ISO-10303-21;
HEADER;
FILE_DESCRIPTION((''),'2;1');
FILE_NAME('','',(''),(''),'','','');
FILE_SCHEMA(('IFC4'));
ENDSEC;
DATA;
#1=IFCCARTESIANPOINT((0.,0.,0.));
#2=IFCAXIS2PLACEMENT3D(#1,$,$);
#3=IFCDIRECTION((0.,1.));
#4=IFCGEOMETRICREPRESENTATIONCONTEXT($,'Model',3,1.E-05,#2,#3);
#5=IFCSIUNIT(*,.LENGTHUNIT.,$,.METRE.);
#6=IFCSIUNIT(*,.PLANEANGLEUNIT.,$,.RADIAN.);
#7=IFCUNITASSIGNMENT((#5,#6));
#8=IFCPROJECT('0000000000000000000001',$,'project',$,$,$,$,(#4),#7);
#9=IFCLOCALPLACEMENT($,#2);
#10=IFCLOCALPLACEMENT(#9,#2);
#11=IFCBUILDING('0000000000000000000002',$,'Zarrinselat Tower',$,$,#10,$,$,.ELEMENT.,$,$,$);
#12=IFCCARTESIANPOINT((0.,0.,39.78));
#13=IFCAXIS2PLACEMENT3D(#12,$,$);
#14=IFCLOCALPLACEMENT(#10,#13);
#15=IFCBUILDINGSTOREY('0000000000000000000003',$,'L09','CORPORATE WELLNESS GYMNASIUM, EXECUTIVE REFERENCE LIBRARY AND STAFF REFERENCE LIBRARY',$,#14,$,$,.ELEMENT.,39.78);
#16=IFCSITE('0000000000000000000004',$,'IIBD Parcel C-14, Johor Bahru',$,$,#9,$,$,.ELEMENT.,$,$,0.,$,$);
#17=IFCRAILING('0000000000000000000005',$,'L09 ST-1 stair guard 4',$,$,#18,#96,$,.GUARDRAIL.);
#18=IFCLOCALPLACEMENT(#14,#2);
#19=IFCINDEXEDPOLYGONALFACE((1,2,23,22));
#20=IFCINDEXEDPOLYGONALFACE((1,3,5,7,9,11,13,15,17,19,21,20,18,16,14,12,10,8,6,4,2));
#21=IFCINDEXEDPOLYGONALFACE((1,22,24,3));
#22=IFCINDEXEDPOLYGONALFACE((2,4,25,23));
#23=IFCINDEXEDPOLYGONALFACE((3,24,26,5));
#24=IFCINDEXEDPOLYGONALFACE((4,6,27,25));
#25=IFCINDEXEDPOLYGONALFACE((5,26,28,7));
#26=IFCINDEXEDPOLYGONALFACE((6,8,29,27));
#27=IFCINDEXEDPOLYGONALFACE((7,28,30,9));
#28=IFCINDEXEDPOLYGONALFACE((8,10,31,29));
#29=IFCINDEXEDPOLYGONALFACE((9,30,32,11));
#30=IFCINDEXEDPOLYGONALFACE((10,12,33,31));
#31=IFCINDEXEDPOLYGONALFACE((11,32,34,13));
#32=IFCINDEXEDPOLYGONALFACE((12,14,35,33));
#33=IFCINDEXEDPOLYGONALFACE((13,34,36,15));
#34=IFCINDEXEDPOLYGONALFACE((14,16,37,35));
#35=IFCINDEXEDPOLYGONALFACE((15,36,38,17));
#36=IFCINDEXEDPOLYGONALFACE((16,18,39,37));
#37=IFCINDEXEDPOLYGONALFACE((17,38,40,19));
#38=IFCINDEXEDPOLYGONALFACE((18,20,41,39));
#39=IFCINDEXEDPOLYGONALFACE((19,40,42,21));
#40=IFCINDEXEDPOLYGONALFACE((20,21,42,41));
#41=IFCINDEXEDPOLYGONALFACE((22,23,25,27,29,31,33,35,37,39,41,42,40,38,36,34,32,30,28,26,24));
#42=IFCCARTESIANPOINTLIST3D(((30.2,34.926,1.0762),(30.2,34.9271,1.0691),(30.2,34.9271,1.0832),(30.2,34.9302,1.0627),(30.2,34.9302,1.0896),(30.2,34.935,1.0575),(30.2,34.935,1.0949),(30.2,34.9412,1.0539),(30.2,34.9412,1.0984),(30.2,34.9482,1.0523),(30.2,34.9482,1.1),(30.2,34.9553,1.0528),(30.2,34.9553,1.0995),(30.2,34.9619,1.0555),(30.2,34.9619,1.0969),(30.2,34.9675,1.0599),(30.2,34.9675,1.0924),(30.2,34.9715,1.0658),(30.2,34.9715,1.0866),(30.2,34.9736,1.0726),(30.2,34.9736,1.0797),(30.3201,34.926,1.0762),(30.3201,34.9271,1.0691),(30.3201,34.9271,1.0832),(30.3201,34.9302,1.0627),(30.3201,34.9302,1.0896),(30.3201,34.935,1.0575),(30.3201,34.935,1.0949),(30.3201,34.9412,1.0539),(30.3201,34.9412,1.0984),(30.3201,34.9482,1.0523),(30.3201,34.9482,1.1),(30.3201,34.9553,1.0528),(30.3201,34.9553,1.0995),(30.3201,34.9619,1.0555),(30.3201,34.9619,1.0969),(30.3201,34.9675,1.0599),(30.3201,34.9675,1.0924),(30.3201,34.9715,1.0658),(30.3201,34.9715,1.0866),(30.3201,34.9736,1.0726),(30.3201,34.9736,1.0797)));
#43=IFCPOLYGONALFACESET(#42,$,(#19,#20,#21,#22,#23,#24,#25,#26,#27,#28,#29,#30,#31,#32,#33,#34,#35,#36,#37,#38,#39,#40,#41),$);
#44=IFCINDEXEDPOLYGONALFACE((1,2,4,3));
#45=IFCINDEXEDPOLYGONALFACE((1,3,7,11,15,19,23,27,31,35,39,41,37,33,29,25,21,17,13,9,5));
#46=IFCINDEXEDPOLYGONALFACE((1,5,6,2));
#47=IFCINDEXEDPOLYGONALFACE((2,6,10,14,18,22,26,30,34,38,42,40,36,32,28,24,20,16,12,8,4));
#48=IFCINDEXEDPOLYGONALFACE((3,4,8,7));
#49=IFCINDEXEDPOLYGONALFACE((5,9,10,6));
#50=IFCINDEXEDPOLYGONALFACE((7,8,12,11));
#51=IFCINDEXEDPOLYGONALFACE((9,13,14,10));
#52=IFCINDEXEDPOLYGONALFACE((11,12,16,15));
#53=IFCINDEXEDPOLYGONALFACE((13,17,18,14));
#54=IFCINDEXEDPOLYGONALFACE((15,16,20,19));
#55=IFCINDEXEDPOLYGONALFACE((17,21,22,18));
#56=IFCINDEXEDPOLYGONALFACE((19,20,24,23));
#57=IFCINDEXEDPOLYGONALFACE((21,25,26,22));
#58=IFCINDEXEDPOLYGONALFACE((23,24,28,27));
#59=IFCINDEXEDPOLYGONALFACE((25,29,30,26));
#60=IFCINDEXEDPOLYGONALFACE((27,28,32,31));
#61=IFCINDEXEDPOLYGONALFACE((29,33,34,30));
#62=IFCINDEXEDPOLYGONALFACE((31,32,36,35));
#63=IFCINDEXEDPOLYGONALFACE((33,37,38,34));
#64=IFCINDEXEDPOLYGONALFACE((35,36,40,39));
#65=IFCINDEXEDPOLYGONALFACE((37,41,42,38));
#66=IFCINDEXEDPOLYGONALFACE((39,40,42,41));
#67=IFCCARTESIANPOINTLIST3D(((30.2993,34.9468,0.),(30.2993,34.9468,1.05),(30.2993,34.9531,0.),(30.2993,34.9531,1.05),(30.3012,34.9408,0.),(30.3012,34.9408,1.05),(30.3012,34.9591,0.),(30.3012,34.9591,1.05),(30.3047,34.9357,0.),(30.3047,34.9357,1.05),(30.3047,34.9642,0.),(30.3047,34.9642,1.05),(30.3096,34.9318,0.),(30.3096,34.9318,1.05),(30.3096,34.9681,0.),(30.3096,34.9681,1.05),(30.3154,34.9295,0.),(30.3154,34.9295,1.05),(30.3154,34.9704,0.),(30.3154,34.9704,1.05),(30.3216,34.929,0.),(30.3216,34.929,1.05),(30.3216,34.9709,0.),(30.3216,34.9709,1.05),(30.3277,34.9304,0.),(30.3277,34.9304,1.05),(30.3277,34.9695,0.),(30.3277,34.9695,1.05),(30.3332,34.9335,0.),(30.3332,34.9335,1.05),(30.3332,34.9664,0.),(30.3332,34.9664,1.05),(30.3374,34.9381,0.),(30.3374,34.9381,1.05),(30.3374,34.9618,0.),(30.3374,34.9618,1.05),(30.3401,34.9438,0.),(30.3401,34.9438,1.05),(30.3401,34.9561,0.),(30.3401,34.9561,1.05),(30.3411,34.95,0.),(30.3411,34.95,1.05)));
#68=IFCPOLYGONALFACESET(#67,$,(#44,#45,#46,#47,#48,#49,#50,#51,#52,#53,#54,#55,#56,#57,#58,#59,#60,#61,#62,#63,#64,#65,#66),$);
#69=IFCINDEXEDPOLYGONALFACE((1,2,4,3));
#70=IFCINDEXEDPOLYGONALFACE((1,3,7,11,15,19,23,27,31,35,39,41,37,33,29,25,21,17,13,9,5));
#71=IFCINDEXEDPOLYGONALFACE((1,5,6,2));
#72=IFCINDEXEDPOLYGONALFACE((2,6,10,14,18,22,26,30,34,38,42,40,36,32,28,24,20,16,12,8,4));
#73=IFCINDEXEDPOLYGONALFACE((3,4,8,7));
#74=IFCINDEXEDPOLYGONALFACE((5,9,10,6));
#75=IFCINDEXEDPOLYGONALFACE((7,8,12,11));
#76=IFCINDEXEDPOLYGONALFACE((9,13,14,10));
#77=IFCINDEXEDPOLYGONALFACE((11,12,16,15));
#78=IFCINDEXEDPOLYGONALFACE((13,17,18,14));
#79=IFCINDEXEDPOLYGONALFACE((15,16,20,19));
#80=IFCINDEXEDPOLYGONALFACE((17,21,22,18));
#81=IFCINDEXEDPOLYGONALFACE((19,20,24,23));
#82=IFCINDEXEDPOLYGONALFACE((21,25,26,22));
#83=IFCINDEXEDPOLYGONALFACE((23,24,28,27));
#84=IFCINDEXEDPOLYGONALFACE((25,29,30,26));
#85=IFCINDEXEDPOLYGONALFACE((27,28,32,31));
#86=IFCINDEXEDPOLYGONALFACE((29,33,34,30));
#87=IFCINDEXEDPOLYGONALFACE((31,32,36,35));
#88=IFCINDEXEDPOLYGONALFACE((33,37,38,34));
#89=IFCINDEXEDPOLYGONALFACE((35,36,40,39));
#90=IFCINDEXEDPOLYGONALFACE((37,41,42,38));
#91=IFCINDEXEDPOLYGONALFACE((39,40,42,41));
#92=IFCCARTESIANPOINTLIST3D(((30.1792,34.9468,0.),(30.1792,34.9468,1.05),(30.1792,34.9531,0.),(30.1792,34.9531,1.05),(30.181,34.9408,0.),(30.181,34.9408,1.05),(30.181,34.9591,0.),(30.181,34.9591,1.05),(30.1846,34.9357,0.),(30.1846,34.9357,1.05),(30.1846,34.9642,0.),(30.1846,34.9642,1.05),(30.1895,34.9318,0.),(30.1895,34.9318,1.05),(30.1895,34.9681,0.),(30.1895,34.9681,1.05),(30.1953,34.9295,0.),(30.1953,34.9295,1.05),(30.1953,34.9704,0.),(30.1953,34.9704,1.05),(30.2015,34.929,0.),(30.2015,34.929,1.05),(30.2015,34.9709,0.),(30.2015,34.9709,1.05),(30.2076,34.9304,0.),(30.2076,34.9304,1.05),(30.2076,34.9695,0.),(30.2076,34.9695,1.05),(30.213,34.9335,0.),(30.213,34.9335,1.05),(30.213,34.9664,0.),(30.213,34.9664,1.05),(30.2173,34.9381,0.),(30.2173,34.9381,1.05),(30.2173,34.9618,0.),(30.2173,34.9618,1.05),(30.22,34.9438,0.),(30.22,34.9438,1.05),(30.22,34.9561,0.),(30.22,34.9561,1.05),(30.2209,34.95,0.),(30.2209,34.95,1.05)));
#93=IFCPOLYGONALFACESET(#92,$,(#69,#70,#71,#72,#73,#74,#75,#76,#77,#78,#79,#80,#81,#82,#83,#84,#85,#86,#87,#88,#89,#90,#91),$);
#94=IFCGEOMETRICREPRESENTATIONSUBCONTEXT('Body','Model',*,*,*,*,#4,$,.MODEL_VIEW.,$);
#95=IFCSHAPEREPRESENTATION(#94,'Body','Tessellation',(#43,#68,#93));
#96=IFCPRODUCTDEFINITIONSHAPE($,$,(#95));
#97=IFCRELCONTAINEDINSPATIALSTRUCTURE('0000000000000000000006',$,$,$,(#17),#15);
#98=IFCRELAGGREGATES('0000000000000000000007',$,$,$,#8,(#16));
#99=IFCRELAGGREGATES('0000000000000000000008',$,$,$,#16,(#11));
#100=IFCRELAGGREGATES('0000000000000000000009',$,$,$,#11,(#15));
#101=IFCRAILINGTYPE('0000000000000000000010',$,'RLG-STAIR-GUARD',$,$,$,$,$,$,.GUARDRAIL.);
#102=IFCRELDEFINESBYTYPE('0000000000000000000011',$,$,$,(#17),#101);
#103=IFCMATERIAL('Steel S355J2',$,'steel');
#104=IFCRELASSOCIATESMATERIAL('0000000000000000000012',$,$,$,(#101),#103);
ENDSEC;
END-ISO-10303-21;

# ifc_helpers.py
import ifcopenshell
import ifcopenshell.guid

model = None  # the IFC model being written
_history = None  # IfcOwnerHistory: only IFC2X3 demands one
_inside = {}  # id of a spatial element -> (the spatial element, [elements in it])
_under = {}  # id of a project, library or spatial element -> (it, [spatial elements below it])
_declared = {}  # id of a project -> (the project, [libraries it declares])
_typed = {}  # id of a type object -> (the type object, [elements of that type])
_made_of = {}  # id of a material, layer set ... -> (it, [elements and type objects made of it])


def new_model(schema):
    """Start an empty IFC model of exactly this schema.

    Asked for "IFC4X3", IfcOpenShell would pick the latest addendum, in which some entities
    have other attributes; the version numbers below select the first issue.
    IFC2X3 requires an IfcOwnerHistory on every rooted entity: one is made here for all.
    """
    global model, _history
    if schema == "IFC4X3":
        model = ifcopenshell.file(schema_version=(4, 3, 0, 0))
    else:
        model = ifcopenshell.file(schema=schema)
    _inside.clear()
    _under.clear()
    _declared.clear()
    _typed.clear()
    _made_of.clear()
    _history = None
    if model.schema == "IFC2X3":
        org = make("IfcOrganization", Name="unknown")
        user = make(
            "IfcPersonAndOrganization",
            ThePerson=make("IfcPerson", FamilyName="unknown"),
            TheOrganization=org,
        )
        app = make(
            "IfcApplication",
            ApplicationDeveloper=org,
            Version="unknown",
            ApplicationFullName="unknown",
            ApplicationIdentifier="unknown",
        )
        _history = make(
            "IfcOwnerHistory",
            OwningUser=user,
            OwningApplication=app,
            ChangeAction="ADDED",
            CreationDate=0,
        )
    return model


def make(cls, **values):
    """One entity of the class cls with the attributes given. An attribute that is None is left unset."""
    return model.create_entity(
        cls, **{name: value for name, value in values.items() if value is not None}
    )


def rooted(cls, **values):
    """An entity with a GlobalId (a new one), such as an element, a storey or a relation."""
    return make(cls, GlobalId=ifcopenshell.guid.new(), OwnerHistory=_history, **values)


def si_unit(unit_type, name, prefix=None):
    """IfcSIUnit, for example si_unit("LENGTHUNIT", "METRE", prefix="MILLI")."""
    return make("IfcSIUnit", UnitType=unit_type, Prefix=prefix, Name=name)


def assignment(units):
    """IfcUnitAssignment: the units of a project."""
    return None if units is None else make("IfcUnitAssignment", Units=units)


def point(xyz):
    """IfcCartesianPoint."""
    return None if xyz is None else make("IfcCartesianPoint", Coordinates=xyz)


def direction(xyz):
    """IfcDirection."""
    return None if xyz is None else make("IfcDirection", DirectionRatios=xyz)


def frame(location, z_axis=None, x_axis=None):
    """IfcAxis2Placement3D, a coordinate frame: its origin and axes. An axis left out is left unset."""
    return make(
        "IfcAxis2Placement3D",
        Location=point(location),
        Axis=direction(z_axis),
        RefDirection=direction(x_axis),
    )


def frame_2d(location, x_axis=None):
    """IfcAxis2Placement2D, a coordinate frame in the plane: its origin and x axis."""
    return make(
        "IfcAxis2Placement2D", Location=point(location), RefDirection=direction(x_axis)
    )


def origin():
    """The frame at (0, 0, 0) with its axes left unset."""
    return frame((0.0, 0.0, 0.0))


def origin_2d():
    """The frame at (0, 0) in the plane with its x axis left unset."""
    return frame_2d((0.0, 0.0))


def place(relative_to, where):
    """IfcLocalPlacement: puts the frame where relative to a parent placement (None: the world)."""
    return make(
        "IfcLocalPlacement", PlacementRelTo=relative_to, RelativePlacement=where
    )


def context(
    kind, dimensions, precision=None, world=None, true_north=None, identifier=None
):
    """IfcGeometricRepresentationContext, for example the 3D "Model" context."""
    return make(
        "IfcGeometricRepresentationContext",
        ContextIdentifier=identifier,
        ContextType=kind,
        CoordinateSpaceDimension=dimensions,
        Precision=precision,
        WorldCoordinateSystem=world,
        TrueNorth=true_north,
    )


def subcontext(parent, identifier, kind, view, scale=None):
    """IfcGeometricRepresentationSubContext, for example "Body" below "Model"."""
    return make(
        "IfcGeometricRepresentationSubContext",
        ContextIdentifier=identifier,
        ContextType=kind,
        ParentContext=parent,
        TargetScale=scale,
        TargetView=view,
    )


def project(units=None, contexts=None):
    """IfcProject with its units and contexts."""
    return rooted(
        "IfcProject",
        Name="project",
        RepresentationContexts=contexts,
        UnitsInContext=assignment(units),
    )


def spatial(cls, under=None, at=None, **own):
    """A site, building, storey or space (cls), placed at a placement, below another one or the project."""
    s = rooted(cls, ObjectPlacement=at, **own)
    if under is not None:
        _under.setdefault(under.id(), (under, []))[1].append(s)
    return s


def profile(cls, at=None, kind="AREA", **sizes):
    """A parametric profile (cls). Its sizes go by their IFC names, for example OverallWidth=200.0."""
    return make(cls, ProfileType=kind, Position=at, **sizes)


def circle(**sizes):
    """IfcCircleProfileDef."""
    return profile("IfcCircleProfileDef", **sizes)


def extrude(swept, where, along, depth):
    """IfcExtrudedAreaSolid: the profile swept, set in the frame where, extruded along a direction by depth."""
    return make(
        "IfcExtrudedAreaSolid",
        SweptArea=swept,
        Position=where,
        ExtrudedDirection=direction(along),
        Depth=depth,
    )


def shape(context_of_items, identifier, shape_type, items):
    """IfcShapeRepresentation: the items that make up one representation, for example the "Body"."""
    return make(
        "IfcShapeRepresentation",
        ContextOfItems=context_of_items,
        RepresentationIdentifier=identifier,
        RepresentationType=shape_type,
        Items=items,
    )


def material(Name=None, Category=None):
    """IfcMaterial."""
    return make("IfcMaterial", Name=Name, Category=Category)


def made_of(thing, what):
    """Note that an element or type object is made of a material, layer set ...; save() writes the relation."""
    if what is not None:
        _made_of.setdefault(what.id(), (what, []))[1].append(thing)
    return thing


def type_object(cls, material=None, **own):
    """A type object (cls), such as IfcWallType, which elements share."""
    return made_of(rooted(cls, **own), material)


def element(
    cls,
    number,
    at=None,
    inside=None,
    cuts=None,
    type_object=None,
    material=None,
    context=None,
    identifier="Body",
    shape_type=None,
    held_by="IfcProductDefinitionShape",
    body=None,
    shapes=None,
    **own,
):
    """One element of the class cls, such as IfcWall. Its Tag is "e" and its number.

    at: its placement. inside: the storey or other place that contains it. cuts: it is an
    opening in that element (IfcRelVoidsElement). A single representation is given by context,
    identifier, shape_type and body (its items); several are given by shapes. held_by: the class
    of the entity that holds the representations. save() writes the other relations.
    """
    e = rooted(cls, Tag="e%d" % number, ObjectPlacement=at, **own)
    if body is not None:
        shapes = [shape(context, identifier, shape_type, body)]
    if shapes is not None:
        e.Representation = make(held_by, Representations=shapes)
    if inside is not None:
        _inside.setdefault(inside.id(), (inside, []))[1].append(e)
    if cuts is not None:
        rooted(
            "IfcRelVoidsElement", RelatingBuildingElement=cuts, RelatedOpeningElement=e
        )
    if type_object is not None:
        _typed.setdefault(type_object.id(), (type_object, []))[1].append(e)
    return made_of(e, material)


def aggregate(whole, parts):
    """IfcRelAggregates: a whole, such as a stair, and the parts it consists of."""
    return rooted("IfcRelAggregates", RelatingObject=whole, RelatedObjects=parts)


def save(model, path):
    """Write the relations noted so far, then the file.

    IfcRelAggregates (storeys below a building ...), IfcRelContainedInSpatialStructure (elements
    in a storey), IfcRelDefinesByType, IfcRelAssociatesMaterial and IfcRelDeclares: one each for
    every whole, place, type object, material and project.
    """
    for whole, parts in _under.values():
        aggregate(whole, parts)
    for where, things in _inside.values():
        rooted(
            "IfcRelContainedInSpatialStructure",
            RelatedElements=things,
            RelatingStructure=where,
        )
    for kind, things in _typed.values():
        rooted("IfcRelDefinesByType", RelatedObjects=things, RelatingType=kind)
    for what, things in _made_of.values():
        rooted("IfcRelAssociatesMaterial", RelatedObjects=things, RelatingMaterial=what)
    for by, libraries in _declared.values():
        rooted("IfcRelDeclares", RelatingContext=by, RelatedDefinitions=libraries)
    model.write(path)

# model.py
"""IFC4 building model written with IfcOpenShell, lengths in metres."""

from ifc_helpers import new_model, si_unit, direction, frame, origin, origin_2d, place, context, subcontext, project, spatial, circle, extrude, material, type_object, element, save


model = new_model("IFC4")

# Units and contexts
model_context = context("Model", 3, precision=1e-05, world=origin(), true_north=direction((0.0, 1.0)))
body_context = subcontext(model_context, "Body", "Model", "MODEL_VIEW")
ifc_project = project(units=[si_unit("LENGTHUNIT", "METRE"), si_unit("PLANEANGLEUNIT", "RADIAN")], contexts=[model_context])

# Site, building, storey
site_placement = place(None, origin())
site = spatial("IfcSite", under=ifc_project, at=site_placement, Name="IIBD Parcel C-14, Johor Bahru", CompositionType="ELEMENT", RefElevation=0.0)
building_placement = place(site_placement, origin())
building = spatial("IfcBuilding", under=site, at=building_placement, Name="Zarrinselat Tower", CompositionType="ELEMENT")
storey_placement = place(building_placement, frame((0.0, 0.0, 39.78)))
storey = spatial("IfcBuildingStorey", under=building, at=storey_placement, Name="L09", Description="CORPORATE WELLNESS GYMNASIUM, EXECUTIVE REFERENCE LIBRARY AND STAFF REFERENCE LIBRARY", CompositionType="ELEMENT", Elevation=39.78)

# Railing
ifc_material_1 = material(Name="Steel S355J2", Category="steel")
railing_type_1 = type_object("IfcRailingType", Name="RLG-STAIR-GUARD", PredefinedType="GUARDRAIL", material=ifc_material_1)
railing_1_placement = place(storey_placement, frame((30.3201, 34.95, 0.0)))
element("IfcRailing", 1, at=railing_1_placement, inside=storey, type_object=railing_type_1, Name="L09 ST-1 stair guard 4", PredefinedType="GUARDRAIL", context=body_context, shape_type="SweptSolid", body=[
    extrude(circle(Radius=0.0239, at=origin_2d()), frame((0.0, 0.0, 1.0762), z_axis=(-1.0, 0.0, 0.0), x_axis=(0.0, -1.0, 0.0)), (0.0, 0.0, 1.0), 0.1201),
    extrude(circle(Radius=0.021, at=origin_2d()), origin(), (0.0, 0.0, 1.0), 1.05),
    extrude(circle(Radius=0.021, at=origin_2d()), frame((-0.1201, 0.0, 0.0)), (0.0, 0.0, 1.0), 1.05),
])

save(model, "model.ifc")
